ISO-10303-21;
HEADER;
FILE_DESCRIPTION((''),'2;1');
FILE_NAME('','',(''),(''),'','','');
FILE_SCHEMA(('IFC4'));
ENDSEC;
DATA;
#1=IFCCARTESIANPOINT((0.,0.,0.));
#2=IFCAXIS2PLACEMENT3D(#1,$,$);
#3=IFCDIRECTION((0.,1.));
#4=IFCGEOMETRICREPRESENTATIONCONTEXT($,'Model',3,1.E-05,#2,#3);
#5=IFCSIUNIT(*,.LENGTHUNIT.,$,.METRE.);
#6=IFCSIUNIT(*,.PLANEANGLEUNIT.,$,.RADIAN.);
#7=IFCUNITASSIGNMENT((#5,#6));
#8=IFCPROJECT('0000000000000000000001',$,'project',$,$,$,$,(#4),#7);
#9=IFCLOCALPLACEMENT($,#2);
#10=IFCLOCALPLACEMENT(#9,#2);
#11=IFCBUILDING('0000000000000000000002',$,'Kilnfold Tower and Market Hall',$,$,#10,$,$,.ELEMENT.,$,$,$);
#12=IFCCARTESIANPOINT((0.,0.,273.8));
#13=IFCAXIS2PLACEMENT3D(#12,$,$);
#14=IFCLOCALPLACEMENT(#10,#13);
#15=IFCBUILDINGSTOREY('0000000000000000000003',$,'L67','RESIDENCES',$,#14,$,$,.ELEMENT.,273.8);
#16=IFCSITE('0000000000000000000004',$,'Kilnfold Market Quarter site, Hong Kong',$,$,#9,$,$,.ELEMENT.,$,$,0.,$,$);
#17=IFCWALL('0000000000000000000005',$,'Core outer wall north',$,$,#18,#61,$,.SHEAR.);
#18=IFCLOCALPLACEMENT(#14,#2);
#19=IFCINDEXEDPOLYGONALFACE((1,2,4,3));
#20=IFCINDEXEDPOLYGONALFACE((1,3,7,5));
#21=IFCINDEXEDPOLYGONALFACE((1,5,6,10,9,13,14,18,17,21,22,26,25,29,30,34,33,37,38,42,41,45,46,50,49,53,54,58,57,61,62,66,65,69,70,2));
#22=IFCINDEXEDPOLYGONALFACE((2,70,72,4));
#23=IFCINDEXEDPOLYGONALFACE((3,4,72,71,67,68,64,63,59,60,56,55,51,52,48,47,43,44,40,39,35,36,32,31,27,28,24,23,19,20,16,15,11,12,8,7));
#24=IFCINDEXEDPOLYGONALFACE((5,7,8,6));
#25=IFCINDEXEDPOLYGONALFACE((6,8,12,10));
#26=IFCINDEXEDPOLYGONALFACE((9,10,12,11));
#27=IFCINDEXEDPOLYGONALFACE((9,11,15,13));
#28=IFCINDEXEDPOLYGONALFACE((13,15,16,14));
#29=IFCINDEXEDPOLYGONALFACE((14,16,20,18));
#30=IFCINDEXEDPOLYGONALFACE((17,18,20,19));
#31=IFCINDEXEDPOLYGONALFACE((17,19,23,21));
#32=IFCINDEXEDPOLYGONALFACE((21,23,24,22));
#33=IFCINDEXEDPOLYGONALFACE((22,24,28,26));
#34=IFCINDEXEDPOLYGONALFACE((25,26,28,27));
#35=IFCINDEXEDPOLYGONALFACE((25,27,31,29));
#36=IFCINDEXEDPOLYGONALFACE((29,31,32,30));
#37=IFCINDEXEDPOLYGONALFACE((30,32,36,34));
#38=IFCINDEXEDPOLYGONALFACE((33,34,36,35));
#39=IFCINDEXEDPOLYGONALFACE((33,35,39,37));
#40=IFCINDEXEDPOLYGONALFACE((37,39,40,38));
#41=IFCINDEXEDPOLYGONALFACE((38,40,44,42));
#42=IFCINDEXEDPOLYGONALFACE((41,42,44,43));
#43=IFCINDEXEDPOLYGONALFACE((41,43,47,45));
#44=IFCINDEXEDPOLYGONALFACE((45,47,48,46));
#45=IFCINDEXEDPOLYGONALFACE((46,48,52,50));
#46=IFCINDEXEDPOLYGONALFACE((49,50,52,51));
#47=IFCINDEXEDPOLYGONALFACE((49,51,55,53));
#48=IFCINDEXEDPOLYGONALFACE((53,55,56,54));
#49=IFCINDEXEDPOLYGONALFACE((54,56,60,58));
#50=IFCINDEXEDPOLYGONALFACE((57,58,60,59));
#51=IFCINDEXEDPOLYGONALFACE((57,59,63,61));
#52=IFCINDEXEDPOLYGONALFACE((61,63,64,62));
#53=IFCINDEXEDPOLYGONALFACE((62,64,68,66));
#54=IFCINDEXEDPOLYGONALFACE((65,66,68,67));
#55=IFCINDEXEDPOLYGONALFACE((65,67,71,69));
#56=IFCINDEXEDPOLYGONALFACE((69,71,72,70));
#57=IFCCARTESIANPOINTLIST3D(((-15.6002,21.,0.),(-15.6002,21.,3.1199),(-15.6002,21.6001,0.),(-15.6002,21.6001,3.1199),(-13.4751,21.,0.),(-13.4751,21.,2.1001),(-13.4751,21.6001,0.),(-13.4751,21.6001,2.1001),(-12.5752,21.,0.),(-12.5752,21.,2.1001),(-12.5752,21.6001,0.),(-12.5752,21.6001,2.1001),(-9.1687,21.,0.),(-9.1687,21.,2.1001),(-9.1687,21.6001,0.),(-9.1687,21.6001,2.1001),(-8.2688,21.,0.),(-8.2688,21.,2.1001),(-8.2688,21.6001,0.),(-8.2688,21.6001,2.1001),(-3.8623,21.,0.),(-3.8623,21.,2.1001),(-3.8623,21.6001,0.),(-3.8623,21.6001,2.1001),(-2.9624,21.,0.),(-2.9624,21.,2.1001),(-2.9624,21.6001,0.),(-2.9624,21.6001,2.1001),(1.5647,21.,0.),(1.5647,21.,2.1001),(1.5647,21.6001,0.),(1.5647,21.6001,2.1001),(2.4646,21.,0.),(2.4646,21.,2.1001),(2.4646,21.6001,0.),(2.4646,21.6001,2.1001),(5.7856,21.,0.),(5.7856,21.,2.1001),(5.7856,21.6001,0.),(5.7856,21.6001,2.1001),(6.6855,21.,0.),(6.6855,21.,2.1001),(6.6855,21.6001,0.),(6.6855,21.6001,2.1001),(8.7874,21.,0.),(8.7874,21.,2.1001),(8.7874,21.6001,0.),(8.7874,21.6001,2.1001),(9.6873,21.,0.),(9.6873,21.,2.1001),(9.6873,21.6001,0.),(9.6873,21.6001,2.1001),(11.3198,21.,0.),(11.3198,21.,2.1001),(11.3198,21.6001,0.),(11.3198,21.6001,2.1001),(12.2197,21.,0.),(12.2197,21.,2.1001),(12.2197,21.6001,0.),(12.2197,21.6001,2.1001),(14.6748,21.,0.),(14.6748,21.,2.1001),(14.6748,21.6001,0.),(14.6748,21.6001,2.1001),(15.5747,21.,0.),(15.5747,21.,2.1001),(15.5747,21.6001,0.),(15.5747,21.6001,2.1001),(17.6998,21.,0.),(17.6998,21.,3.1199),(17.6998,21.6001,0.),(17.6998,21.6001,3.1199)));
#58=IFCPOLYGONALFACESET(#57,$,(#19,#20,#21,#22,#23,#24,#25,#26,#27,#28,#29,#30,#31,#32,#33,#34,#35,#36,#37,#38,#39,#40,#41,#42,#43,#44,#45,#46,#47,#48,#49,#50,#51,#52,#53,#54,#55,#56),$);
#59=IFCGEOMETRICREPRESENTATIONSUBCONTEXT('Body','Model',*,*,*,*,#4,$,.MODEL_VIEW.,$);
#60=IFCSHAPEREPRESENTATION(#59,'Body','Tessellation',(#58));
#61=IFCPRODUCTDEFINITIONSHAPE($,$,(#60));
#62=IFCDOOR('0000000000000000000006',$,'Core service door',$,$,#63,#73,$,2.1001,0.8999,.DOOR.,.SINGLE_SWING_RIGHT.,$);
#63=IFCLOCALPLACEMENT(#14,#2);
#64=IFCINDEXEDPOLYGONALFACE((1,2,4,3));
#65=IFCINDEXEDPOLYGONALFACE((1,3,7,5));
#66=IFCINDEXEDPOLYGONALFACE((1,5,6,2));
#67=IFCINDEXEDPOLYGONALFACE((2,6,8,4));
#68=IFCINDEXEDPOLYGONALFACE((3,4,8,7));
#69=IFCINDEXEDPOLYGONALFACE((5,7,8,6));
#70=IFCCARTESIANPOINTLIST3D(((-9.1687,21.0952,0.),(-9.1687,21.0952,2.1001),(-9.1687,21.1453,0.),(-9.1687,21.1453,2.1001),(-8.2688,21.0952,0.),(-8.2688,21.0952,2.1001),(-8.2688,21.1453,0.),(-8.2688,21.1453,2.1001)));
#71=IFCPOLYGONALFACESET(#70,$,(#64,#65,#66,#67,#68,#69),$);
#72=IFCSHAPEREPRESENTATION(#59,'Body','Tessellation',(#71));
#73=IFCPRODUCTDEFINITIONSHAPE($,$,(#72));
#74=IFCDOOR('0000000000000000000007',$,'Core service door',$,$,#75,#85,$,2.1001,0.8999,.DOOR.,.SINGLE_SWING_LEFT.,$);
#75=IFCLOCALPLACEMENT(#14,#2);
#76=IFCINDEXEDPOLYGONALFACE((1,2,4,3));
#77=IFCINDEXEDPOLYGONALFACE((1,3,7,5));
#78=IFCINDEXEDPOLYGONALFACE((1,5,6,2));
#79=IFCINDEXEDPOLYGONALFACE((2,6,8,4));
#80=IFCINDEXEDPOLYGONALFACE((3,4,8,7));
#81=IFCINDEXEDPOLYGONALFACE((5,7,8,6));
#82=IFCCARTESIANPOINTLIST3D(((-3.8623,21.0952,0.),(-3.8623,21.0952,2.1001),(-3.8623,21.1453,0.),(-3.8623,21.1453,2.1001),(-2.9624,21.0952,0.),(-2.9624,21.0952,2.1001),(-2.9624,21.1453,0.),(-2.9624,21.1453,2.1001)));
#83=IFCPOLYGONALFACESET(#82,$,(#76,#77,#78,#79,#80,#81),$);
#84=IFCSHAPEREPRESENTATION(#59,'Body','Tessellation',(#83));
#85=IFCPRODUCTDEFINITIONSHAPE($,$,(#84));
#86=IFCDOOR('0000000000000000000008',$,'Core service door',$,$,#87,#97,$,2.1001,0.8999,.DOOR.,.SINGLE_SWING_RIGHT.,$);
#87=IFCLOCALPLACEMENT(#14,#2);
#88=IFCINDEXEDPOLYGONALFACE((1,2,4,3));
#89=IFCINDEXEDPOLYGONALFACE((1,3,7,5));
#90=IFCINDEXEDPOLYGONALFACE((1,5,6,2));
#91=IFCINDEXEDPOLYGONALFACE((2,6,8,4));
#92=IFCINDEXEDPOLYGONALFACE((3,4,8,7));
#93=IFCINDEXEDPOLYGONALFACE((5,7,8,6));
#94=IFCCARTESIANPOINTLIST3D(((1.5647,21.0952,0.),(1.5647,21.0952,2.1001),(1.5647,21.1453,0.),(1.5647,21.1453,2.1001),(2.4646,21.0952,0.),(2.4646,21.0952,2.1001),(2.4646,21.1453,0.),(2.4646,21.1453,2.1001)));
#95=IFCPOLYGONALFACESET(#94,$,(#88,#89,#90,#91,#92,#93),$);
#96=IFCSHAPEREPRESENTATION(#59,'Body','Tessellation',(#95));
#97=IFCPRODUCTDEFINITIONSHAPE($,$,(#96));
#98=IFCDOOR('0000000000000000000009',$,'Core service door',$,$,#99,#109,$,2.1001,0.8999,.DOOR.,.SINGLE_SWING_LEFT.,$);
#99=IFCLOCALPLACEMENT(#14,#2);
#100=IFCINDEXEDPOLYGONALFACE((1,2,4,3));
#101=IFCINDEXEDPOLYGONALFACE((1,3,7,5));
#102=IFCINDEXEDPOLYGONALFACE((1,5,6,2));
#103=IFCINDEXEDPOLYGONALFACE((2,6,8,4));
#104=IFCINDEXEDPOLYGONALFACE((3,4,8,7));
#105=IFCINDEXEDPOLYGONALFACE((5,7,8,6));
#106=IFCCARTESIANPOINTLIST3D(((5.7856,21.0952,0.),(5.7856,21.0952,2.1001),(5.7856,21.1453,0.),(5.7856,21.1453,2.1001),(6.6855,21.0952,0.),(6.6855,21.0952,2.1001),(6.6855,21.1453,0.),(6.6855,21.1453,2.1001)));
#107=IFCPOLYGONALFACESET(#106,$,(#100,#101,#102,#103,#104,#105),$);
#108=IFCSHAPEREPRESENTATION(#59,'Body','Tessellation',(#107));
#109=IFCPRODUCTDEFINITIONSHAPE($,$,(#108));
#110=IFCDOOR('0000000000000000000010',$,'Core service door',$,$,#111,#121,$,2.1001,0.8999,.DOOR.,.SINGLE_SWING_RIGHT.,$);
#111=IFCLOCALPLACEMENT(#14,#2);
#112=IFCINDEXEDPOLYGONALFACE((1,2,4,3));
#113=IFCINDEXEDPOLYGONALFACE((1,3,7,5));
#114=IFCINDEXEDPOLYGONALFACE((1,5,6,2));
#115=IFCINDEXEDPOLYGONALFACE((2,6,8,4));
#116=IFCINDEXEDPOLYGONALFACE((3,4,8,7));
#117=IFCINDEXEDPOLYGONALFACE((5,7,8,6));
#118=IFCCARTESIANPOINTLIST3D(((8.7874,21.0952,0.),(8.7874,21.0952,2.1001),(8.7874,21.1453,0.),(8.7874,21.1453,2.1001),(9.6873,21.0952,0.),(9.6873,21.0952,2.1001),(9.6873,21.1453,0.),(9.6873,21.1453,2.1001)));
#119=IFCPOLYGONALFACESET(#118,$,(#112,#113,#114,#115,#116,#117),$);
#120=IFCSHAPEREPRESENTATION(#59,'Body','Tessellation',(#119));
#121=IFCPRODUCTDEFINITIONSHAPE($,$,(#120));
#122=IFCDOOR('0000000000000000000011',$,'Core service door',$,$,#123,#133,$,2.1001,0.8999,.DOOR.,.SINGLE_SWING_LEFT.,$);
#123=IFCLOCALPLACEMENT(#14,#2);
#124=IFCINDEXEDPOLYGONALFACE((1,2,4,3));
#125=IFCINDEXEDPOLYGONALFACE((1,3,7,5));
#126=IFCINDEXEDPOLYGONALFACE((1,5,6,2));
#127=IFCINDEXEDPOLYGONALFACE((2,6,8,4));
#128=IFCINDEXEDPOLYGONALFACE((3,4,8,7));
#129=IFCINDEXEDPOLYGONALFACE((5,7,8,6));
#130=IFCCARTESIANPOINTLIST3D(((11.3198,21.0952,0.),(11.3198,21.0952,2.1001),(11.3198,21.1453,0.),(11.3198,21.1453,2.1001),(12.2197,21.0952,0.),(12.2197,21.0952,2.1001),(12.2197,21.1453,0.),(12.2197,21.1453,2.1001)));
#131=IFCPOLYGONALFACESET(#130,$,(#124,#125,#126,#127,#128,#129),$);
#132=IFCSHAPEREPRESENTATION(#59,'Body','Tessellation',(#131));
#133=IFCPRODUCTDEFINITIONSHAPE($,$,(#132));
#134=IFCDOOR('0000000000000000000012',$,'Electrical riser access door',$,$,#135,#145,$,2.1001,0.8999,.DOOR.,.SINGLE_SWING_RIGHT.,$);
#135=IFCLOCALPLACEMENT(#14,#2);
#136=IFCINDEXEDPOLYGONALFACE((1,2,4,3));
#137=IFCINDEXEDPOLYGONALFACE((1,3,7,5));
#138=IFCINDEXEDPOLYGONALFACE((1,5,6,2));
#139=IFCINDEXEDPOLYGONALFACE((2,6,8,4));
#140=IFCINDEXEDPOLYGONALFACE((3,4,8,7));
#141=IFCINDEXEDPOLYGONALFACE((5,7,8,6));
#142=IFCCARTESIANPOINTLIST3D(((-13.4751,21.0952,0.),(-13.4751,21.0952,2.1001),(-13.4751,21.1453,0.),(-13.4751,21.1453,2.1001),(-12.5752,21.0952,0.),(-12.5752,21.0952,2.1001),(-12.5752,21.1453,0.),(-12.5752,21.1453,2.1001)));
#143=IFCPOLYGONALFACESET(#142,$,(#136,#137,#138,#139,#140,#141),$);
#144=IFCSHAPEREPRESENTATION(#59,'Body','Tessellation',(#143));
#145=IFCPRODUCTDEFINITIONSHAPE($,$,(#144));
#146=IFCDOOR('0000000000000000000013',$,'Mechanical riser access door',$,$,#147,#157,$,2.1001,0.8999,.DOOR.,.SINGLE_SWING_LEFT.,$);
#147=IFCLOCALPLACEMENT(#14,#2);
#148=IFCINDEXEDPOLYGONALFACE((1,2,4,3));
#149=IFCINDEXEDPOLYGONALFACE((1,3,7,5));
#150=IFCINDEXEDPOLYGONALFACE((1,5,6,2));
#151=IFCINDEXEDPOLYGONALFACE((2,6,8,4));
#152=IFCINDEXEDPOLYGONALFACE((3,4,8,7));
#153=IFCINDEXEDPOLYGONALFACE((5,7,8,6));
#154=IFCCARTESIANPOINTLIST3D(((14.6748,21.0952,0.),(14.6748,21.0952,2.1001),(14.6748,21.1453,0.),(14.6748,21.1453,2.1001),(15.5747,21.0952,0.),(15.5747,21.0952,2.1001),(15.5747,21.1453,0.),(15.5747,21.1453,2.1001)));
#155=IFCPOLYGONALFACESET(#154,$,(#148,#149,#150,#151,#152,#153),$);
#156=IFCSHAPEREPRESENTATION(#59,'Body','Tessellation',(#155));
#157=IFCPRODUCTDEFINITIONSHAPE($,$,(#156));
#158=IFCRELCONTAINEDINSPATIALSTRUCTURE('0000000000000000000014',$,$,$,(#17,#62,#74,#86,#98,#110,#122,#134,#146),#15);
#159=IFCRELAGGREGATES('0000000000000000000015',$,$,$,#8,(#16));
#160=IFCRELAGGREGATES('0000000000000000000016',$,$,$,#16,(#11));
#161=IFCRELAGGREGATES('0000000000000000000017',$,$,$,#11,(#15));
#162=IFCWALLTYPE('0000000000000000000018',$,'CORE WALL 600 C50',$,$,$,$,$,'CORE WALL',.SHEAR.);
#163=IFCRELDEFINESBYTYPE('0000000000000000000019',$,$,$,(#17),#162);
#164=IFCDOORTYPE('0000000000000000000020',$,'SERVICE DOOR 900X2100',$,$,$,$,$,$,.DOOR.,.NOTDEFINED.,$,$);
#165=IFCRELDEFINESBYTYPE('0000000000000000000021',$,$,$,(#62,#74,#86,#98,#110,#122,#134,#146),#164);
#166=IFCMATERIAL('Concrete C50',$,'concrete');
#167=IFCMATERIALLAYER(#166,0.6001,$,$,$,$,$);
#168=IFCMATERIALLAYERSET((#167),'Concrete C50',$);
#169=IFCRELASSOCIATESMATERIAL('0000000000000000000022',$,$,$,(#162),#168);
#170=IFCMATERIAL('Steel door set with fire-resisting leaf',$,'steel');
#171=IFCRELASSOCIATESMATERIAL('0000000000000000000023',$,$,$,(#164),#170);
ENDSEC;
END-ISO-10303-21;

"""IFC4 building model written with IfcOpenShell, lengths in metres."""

from ifc_helpers import new_model, si_unit, direction, frame, frame_2d, origin, place, context, subcontext, project, spatial, rectangle, extrude, source, transform, mapped, material, layer, layer_set, type_object, element, fill, save


model = new_model("IFC4")

# Units and contexts
model_context = context("Model", 3, precision=1e-05, world=origin(), true_north=direction((0.0, 1.0)))
body_context = subcontext(model_context, "Body", "Model", "MODEL_VIEW")
ifc_project = project(units=[si_unit("LENGTHUNIT", "METRE"), si_unit("PLANEANGLEUNIT", "RADIAN")], contexts=[model_context])

# Site, building, storey
site_placement = place(None, origin())
site = spatial("IfcSite", under=ifc_project, at=site_placement, Name="Kilnfold Market Quarter site, Hong Kong", CompositionType="ELEMENT", RefElevation=0.0)
building_placement = place(site_placement, origin())
building = spatial("IfcBuilding", under=site, at=building_placement, Name="Kilnfold Tower and Market Hall", CompositionType="ELEMENT")
storey_placement = place(building_placement, frame((0.0, 0.0, 273.8)))
storey = spatial("IfcBuildingStorey", under=building, at=storey_placement, Name="L67", Description="RESIDENCES", CompositionType="ELEMENT", Elevation=273.8)

# Wall, openings, doors
ifc_material_1 = material(Name="Concrete C50", Category="concrete")
ifc_layer_1 = layer(ifc_material_1, 0.6001)
ifc_layer_set_1 = layer_set([ifc_layer_1], Name="Concrete C50")
wall_type_1 = type_object("IfcWallType", Name="CORE WALL 600 C50", ElementType="CORE WALL", PredefinedType="SHEAR", material=ifc_layer_set_1)
shared_shape_1 = source(origin(), body_context, "Body", "SweptSolid", [
    extrude(rectangle(XDim=33.3, YDim=0.6001, at=frame_2d((16.6499, 0.0))), origin(), (0.0, 0.0, 1.0), 3.1199),
])
wall_1_placement = place(storey_placement, frame((-15.6001, 21.3, 0.0), z_axis=(0.0, 0.0, 1.0), x_axis=(1.0, 0.0, 0.0)))
wall_1 = element("IfcWall", 1, at=wall_1_placement, inside=storey, type_object=wall_type_1, Name="Core outer wall north", PredefinedType="SHEAR", context=body_context, shape_type="MappedRepresentation", body=[
    mapped(shared_shape_1, transform((0.0, 0.0, 0.0))),
])
opening_1_placement = place(wall_1_placement, frame((6.4314, 0.0, 0.0)))
opening_1 = element("IfcOpeningElement", 2, at=opening_1_placement, cuts=wall_1, PredefinedType="OPENING", context=body_context, shape_type="SweptSolid", body=[
    extrude(rectangle(XDim=0.8999, YDim=2.1001, at=frame_2d((0.45, 1.05))), frame((0.0, 0.3101, 0.0), z_axis=(0.0, -1.0, 0.0), x_axis=(1.0, 0.0, 0.0)), (0.0, 0.0, 1.0), 0.6201),
])
opening_2_placement = place(wall_1_placement, frame((11.7378, 0.0, 0.0)))
opening_2 = element("IfcOpeningElement", 3, at=opening_2_placement, cuts=wall_1, PredefinedType="OPENING", context=body_context, shape_type="SweptSolid", body=[
    extrude(rectangle(XDim=0.8999, YDim=2.1001, at=frame_2d((0.45, 1.05))), frame((0.0, 0.3101, 0.0), z_axis=(0.0, -1.0, 0.0), x_axis=(1.0, 0.0, 0.0)), (0.0, 0.0, 1.0), 0.6201),
])
opening_3_placement = place(wall_1_placement, frame((17.1648, 0.0, 0.0)))
opening_3 = element("IfcOpeningElement", 4, at=opening_3_placement, cuts=wall_1, PredefinedType="OPENING", context=body_context, shape_type="SweptSolid", body=[
    extrude(rectangle(XDim=0.8999, YDim=2.1001, at=frame_2d((0.45, 1.05))), frame((0.0, 0.3101, 0.0), z_axis=(0.0, -1.0, 0.0), x_axis=(1.0, 0.0, 0.0)), (0.0, 0.0, 1.0), 0.6201),
])
opening_4_placement = place(wall_1_placement, frame((21.3857, 0.0, 0.0)))
opening_4 = element("IfcOpeningElement", 5, at=opening_4_placement, cuts=wall_1, PredefinedType="OPENING", context=body_context, shape_type="SweptSolid", body=[
    extrude(rectangle(XDim=0.8999, YDim=2.1001, at=frame_2d((0.45, 1.05))), frame((0.0, 0.3101, 0.0), z_axis=(0.0, -1.0, 0.0), x_axis=(1.0, 0.0, 0.0)), (0.0, 0.0, 1.0), 0.6201),
])
opening_5_placement = place(wall_1_placement, frame((24.3875, 0.0, 0.0)))
opening_5 = element("IfcOpeningElement", 6, at=opening_5_placement, cuts=wall_1, PredefinedType="OPENING", context=body_context, shape_type="SweptSolid", body=[
    extrude(rectangle(XDim=0.8999, YDim=2.1001, at=frame_2d((0.45, 1.05))), frame((0.0, 0.3101, 0.0), z_axis=(0.0, -1.0, 0.0), x_axis=(1.0, 0.0, 0.0)), (0.0, 0.0, 1.0), 0.6201),
])
opening_6_placement = place(wall_1_placement, frame((26.9199, 0.0, 0.0)))
opening_6 = element("IfcOpeningElement", 7, at=opening_6_placement, cuts=wall_1, PredefinedType="OPENING", context=body_context, shape_type="SweptSolid", body=[
    extrude(rectangle(XDim=0.8999, YDim=2.1001, at=frame_2d((0.45, 1.05))), frame((0.0, 0.3101, 0.0), z_axis=(0.0, -1.0, 0.0), x_axis=(1.0, 0.0, 0.0)), (0.0, 0.0, 1.0), 0.6201),
])
opening_7_placement = place(wall_1_placement, frame((2.125, 0.0, 0.0)))
opening_7 = element("IfcOpeningElement", 8, at=opening_7_placement, cuts=wall_1, PredefinedType="OPENING", context=body_context, shape_type="SweptSolid", body=[
    extrude(rectangle(XDim=0.8999, YDim=2.1001, at=frame_2d((0.45, 1.05))), frame((0.0, 0.3101, 0.0), z_axis=(0.0, -1.0, 0.0), x_axis=(1.0, 0.0, 0.0)), (0.0, 0.0, 1.0), 0.6201),
])
opening_8_placement = place(wall_1_placement, frame((30.2749, 0.0, 0.0)))
opening_8 = element("IfcOpeningElement", 9, at=opening_8_placement, cuts=wall_1, PredefinedType="OPENING", context=body_context, shape_type="SweptSolid", body=[
    extrude(rectangle(XDim=0.8999, YDim=2.1001, at=frame_2d((0.45, 1.05))), frame((0.0, 0.3101, 0.0), z_axis=(0.0, -1.0, 0.0), x_axis=(1.0, 0.0, 0.0)), (0.0, 0.0, 1.0), 0.6201),
])
ifc_material_2 = material(Name="Steel door set with fire-resisting leaf", Category="steel")
door_type = type_object("IfcDoorType", Name="SERVICE DOOR 900X2100", OperationType="NOTDEFINED", PredefinedType="DOOR", material=ifc_material_2)
door_1_placement = place(opening_1_placement, origin())
door_1 = element("IfcDoor", 10, at=door_1_placement, inside=storey, type_object=door_type, Name="Core service door", OperationType="SINGLE_SWING_RIGHT", OverallHeight=2.1001, OverallWidth=0.8999, PredefinedType="DOOR", context=body_context, shape_type="SweptSolid", body=[
    extrude(rectangle(XDim=0.8999, YDim=2.1001, at=frame_2d((0.45, 1.05))), frame((0.0, -0.1548, 0.0), z_axis=(0.0, -1.0, 0.0), x_axis=(1.0, 0.0, 0.0)), (0.0, 0.0, 1.0), 0.05),
])
fill(opening_1, door_1)
door_2_placement = place(opening_2_placement, origin())
door_2 = element("IfcDoor", 11, at=door_2_placement, inside=storey, type_object=door_type, Name="Core service door", OperationType="SINGLE_SWING_LEFT", OverallHeight=2.1001, OverallWidth=0.8999, PredefinedType="DOOR", context=body_context, shape_type="SweptSolid", body=[
    extrude(rectangle(XDim=0.8999, YDim=2.1001, at=frame_2d((0.45, 1.05))), frame((0.0, -0.1548, 0.0), z_axis=(0.0, -1.0, 0.0), x_axis=(1.0, 0.0, 0.0)), (0.0, 0.0, 1.0), 0.05),
])
fill(opening_2, door_2)
door_3_placement = place(opening_3_placement, origin())
door_3 = element("IfcDoor", 12, at=door_3_placement, inside=storey, type_object=door_type, Name="Core service door", OperationType="SINGLE_SWING_RIGHT", OverallHeight=2.1001, OverallWidth=0.8999, PredefinedType="DOOR", context=body_context, shape_type="SweptSolid", body=[
    extrude(rectangle(XDim=0.8999, YDim=2.1001, at=frame_2d((0.45, 1.05))), frame((0.0, -0.1548, 0.0), z_axis=(0.0, -1.0, 0.0), x_axis=(1.0, 0.0, 0.0)), (0.0, 0.0, 1.0), 0.05),
])
fill(opening_3, door_3)
door_4_placement = place(opening_4_placement, origin())
door_4 = element("IfcDoor", 13, at=door_4_placement, inside=storey, type_object=door_type, Name="Core service door", OperationType="SINGLE_SWING_LEFT", OverallHeight=2.1001, OverallWidth=0.8999, PredefinedType="DOOR", context=body_context, shape_type="SweptSolid", body=[
    extrude(rectangle(XDim=0.8999, YDim=2.1001, at=frame_2d((0.45, 1.05))), frame((0.0, -0.1548, 0.0), z_axis=(0.0, -1.0, 0.0), x_axis=(1.0, 0.0, 0.0)), (0.0, 0.0, 1.0), 0.05),
])
fill(opening_4, door_4)
door_5_placement = place(opening_5_placement, origin())
door_5 = element("IfcDoor", 14, at=door_5_placement, inside=storey, type_object=door_type, Name="Core service door", OperationType="SINGLE_SWING_RIGHT", OverallHeight=2.1001, OverallWidth=0.8999, PredefinedType="DOOR", context=body_context, shape_type="SweptSolid", body=[
    extrude(rectangle(XDim=0.8999, YDim=2.1001, at=frame_2d((0.45, 1.05))), frame((0.0, -0.1548, 0.0), z_axis=(0.0, -1.0, 0.0), x_axis=(1.0, 0.0, 0.0)), (0.0, 0.0, 1.0), 0.05),
])
fill(opening_5, door_5)
door_6_placement = place(opening_6_placement, origin())
door_6 = element("IfcDoor", 15, at=door_6_placement, inside=storey, type_object=door_type, Name="Core service door", OperationType="SINGLE_SWING_LEFT", OverallHeight=2.1001, OverallWidth=0.8999, PredefinedType="DOOR", context=body_context, shape_type="SweptSolid", body=[
    extrude(rectangle(XDim=0.8999, YDim=2.1001, at=frame_2d((0.45, 1.05))), frame((0.0, -0.1548, 0.0), z_axis=(0.0, -1.0, 0.0), x_axis=(1.0, 0.0, 0.0)), (0.0, 0.0, 1.0), 0.05),
])
fill(opening_6, door_6)
door_7_placement = place(opening_7_placement, origin())
door_7 = element("IfcDoor", 16, at=door_7_placement, inside=storey, type_object=door_type, Name="Electrical riser access door", OperationType="SINGLE_SWING_RIGHT", OverallHeight=2.1001, OverallWidth=0.8999, PredefinedType="DOOR", context=body_context, shape_type="SweptSolid", body=[
    extrude(rectangle(XDim=0.8999, YDim=2.1001, at=frame_2d((0.45, 1.05))), frame((0.0, -0.1548, 0.0), z_axis=(0.0, -1.0, 0.0), x_axis=(1.0, 0.0, 0.0)), (0.0, 0.0, 1.0), 0.05),
])
fill(opening_7, door_7)
door_8_placement = place(opening_8_placement, origin())
door_8 = element("IfcDoor", 17, at=door_8_placement, inside=storey, type_object=door_type, Name="Mechanical riser access door", OperationType="SINGLE_SWING_LEFT", OverallHeight=2.1001, OverallWidth=0.8999, PredefinedType="DOOR", context=body_context, shape_type="SweptSolid", body=[
    extrude(rectangle(XDim=0.8999, YDim=2.1001, at=frame_2d((0.45, 1.05))), frame((0.0, -0.1548, 0.0), z_axis=(0.0, -1.0, 0.0), x_axis=(1.0, 0.0, 0.0)), (0.0, 0.0, 1.0), 0.05),
])
fill(opening_8, door_8)

save(model, "model.ifc")
